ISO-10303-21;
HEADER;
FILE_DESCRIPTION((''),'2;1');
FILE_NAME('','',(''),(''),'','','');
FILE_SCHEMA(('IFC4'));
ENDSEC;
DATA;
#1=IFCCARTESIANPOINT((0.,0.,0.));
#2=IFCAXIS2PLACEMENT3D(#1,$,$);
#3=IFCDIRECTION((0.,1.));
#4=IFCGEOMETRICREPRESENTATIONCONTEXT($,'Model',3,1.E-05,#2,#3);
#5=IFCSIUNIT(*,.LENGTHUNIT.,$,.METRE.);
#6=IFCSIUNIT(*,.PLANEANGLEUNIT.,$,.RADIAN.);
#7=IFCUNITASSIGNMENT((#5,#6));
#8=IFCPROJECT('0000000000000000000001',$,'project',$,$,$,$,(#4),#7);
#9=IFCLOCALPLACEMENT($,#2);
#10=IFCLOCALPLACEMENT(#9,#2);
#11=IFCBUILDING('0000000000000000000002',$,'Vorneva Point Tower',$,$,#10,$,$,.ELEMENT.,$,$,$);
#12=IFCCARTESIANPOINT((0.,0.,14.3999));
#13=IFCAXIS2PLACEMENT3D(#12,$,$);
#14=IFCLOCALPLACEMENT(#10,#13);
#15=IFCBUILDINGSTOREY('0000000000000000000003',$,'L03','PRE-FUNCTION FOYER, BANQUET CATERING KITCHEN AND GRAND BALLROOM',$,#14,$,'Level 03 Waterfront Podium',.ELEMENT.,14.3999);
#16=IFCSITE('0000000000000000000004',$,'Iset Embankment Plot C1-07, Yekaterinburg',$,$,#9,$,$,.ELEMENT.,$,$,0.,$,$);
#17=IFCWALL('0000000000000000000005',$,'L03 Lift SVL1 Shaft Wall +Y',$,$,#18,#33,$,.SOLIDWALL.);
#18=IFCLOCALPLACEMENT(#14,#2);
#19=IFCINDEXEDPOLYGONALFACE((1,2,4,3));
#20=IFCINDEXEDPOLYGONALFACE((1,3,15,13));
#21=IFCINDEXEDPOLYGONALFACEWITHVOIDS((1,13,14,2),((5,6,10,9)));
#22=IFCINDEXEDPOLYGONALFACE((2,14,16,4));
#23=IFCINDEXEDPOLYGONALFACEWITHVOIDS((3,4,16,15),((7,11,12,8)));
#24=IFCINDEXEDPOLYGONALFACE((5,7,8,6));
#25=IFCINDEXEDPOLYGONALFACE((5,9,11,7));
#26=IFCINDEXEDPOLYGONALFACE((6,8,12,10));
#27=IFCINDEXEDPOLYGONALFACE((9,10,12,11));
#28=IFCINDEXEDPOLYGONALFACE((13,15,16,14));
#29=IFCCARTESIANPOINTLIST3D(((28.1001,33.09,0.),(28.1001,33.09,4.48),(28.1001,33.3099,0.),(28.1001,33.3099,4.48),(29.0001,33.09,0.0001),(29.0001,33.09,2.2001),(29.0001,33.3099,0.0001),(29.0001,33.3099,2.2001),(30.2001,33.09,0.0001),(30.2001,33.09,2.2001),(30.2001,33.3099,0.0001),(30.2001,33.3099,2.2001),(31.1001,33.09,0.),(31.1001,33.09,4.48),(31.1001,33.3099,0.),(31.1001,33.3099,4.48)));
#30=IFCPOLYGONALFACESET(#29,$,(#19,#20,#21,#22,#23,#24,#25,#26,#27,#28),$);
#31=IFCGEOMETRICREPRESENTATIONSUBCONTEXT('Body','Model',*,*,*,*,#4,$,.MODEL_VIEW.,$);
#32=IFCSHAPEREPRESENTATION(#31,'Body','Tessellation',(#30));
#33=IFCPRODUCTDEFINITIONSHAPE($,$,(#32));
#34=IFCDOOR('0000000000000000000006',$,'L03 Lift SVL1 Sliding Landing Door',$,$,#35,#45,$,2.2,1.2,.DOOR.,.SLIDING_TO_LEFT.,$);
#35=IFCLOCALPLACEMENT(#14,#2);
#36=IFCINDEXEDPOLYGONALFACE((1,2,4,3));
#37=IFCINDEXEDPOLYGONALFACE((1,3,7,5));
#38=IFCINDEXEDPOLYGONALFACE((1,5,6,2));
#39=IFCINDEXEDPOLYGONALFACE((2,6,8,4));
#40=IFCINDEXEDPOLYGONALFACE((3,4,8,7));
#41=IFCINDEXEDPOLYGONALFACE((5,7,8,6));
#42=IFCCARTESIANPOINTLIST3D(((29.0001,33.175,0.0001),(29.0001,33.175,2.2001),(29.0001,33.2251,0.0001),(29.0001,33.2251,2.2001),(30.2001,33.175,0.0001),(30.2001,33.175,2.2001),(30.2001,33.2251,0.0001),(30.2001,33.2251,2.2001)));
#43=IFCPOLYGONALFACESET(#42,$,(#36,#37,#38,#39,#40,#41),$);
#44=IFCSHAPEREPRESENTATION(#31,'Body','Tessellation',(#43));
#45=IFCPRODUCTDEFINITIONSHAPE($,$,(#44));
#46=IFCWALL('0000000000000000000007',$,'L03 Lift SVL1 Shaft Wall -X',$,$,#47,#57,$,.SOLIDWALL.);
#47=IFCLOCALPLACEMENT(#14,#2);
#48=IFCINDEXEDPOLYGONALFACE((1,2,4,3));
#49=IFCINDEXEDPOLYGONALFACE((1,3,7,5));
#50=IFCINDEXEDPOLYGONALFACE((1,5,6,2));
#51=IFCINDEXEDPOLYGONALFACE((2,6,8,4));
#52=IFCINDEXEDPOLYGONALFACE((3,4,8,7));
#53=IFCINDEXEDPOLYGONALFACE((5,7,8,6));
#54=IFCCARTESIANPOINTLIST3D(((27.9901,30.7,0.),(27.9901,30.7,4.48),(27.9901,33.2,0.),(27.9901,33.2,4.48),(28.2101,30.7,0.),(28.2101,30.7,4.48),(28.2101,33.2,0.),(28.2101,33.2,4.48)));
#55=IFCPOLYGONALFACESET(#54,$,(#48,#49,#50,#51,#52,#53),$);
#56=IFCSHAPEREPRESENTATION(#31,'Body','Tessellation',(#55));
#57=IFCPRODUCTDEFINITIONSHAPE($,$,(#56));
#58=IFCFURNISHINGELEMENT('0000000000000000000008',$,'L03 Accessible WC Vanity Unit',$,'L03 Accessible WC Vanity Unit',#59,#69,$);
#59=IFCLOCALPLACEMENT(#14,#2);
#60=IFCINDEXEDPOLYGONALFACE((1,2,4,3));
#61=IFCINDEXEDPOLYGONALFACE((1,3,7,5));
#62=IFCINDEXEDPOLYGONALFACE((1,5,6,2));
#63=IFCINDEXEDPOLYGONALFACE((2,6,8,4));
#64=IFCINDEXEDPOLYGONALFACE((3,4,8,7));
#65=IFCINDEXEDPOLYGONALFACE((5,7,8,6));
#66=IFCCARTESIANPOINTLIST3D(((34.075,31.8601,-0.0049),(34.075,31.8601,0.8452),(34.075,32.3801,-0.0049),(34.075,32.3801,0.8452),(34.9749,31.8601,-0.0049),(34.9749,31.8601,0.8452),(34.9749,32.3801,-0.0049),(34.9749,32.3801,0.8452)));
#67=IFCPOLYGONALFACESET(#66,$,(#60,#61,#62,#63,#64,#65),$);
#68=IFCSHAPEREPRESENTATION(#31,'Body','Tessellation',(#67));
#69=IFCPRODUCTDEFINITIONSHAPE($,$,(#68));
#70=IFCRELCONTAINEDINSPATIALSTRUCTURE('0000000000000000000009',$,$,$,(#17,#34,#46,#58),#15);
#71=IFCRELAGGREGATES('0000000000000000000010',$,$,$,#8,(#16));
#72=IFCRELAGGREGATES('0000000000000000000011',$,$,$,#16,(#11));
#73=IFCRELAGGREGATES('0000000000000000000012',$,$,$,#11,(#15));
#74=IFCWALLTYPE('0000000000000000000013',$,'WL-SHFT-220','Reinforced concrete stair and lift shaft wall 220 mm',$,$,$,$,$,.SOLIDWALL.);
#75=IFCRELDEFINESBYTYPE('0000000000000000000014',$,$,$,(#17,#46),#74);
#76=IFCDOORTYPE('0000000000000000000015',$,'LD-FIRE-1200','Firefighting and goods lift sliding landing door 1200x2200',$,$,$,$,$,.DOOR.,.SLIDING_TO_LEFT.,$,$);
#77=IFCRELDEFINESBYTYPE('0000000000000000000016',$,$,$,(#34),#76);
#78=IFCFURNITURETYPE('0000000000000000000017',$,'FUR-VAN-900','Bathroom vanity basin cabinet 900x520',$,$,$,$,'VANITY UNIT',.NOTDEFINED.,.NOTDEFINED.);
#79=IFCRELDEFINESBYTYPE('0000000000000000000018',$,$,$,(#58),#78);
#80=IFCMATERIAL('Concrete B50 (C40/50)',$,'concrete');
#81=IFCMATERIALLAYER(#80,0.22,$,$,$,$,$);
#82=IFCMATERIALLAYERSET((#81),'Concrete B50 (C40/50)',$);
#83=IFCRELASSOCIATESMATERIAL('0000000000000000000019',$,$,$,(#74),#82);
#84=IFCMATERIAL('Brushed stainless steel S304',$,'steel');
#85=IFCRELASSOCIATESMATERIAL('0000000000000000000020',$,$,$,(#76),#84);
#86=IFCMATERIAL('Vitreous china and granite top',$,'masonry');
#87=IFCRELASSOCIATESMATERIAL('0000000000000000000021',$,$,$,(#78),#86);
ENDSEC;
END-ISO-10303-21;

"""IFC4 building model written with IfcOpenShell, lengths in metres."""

from ifc_helpers import new_model, si_unit, direction, frame, frame_2d, origin, origin_2d, place, context, subcontext, project, spatial, rectangle, extrude, material, layer, layer_set, type_object, element, fill, save


model = new_model("IFC4")

# Units and contexts
model_context = context("Model", 3, precision=1e-05, world=origin(), true_north=direction((0.0, 1.0)))
body_context = subcontext(model_context, "Body", "Model", "MODEL_VIEW")
ifc_project = project(units=[si_unit("LENGTHUNIT", "METRE"), si_unit("PLANEANGLEUNIT", "RADIAN")], contexts=[model_context])

# Site, building, storey
site_placement = place(None, origin())
site = spatial("IfcSite", under=ifc_project, at=site_placement, Name="Iset Embankment Plot C1-07, Yekaterinburg", CompositionType="ELEMENT", RefElevation=0.0)
building_placement = place(site_placement, origin())
building = spatial("IfcBuilding", under=site, at=building_placement, Name="Vorneva Point Tower", CompositionType="ELEMENT")
storey_placement = place(building_placement, frame((0.0, 0.0, 14.3999)))
storey = spatial("IfcBuildingStorey", under=building, at=storey_placement, Name="L03", Description="PRE-FUNCTION FOYER, BANQUET CATERING KITCHEN AND GRAND BALLROOM", LongName="Level 03 Waterfront Podium", CompositionType="ELEMENT", Elevation=14.3999)

# Shared definitions
ifc_material_1 = material(Name="Concrete B50 (C40/50)", Category="concrete")
ifc_layer_1 = layer(ifc_material_1, 0.22)
ifc_layer_set_1 = layer_set([ifc_layer_1], Name="Concrete B50 (C40/50)")
wall_type_1 = type_object("IfcWallType", Name="WL-SHFT-220", Description="Reinforced concrete stair and lift shaft wall 220 mm", PredefinedType="SOLIDWALL", material=ifc_layer_set_1)

# Wall, opening, door
wall_1_placement = place(storey_placement, frame((31.1001, 33.2, 0.0), z_axis=(0.0, 0.0, 1.0), x_axis=(-1.0, 0.0, 0.0)))
wall_1 = element("IfcWall", 1, at=wall_1_placement, inside=storey, type_object=wall_type_1, Name="L03 Lift SVL1 Shaft Wall +Y", PredefinedType="SOLIDWALL", context=body_context, shape_type="SweptSolid", body=[
    extrude(rectangle(XDim=3.0, YDim=0.22, at=frame_2d((1.5, 0.0))), origin(), (0.0, 0.0, 1.0), 4.48),
])
opening_1_placement = place(wall_1_placement, frame((0.8999, 0.0, 0.0)))
opening_1 = element("IfcOpeningElement", 2, at=opening_1_placement, cuts=wall_1, PredefinedType="OPENING", context=body_context, shape_type="SweptSolid", body=[
    extrude(rectangle(XDim=1.2, YDim=2.2, at=frame_2d((0.6001, 1.1001))), frame((0.0, 0.125, 0.0), z_axis=(0.0, -1.0, 0.0), x_axis=(1.0, 0.0, 0.0)), (0.0, 0.0, 1.0), 0.2498),
])
ifc_material_2 = material(Name="Brushed stainless steel S304", Category="steel")
door_type_1 = type_object("IfcDoorType", Name="LD-FIRE-1200", Description="Firefighting and goods lift sliding landing door 1200x2200", OperationType="SLIDING_TO_LEFT", PredefinedType="DOOR", material=ifc_material_2)
door_1_placement = place(opening_1_placement, origin())
door_1 = element("IfcDoor", 3, at=door_1_placement, inside=storey, type_object=door_type_1, Name="L03 Lift SVL1 Sliding Landing Door", OperationType="SLIDING_TO_LEFT", OverallHeight=2.2, OverallWidth=1.2, PredefinedType="DOOR", context=body_context, shape_type="SweptSolid", body=[
    extrude(rectangle(XDim=1.2, YDim=2.2, at=frame_2d((0.6001, 1.1001))), frame((0.0, 0.0249, 0.0), z_axis=(0.0, -1.0, 0.0), x_axis=(1.0, 0.0, 0.0)), (0.0, 0.0, 1.0), 0.05),
])
fill(opening_1, door_1)

# Wall
wall_2_placement = place(storey_placement, frame((28.1001, 33.2, 0.0), z_axis=(0.0, 0.0, 1.0), x_axis=(0.0, -1.0, 0.0)))
element("IfcWall", 4, at=wall_2_placement, inside=storey, type_object=wall_type_1, Name="L03 Lift SVL1 Shaft Wall -X", PredefinedType="SOLIDWALL", context=body_context, shape_type="SweptSolid", body=[
    extrude(rectangle(XDim=2.5, YDim=0.22, at=frame_2d((1.25, 0.0))), origin(), (0.0, 0.0, 1.0), 4.48),
])

# Furnishing element
ifc_material_3 = material(Name="Vitreous china and granite top", Category="masonry")
furniture_type = type_object("IfcFurnitureType", Name="FUR-VAN-900", Description="Bathroom vanity basin cabinet 900x520", ElementType="VANITY UNIT", AssemblyPlace="NOTDEFINED", PredefinedType="NOTDEFINED", material=ifc_material_3)
furnishing_placement = place(storey_placement, frame((34.5249, 32.1201, -0.0049), z_axis=(0.0, 0.0, 1.0), x_axis=(1.0, 0.0, 0.0)))
element("IfcFurnishingElement", 5, at=furnishing_placement, inside=storey, type_object=furniture_type, Name="L03 Accessible WC Vanity Unit", ObjectType="L03 Accessible WC Vanity Unit", context=body_context, shape_type="SweptSolid", body=[
    extrude(rectangle(XDim=0.8999, YDim=0.52, at=origin_2d()), origin(), (0.0, 0.0, 1.0), 0.8501),
])

save(model, "model.ifc")
